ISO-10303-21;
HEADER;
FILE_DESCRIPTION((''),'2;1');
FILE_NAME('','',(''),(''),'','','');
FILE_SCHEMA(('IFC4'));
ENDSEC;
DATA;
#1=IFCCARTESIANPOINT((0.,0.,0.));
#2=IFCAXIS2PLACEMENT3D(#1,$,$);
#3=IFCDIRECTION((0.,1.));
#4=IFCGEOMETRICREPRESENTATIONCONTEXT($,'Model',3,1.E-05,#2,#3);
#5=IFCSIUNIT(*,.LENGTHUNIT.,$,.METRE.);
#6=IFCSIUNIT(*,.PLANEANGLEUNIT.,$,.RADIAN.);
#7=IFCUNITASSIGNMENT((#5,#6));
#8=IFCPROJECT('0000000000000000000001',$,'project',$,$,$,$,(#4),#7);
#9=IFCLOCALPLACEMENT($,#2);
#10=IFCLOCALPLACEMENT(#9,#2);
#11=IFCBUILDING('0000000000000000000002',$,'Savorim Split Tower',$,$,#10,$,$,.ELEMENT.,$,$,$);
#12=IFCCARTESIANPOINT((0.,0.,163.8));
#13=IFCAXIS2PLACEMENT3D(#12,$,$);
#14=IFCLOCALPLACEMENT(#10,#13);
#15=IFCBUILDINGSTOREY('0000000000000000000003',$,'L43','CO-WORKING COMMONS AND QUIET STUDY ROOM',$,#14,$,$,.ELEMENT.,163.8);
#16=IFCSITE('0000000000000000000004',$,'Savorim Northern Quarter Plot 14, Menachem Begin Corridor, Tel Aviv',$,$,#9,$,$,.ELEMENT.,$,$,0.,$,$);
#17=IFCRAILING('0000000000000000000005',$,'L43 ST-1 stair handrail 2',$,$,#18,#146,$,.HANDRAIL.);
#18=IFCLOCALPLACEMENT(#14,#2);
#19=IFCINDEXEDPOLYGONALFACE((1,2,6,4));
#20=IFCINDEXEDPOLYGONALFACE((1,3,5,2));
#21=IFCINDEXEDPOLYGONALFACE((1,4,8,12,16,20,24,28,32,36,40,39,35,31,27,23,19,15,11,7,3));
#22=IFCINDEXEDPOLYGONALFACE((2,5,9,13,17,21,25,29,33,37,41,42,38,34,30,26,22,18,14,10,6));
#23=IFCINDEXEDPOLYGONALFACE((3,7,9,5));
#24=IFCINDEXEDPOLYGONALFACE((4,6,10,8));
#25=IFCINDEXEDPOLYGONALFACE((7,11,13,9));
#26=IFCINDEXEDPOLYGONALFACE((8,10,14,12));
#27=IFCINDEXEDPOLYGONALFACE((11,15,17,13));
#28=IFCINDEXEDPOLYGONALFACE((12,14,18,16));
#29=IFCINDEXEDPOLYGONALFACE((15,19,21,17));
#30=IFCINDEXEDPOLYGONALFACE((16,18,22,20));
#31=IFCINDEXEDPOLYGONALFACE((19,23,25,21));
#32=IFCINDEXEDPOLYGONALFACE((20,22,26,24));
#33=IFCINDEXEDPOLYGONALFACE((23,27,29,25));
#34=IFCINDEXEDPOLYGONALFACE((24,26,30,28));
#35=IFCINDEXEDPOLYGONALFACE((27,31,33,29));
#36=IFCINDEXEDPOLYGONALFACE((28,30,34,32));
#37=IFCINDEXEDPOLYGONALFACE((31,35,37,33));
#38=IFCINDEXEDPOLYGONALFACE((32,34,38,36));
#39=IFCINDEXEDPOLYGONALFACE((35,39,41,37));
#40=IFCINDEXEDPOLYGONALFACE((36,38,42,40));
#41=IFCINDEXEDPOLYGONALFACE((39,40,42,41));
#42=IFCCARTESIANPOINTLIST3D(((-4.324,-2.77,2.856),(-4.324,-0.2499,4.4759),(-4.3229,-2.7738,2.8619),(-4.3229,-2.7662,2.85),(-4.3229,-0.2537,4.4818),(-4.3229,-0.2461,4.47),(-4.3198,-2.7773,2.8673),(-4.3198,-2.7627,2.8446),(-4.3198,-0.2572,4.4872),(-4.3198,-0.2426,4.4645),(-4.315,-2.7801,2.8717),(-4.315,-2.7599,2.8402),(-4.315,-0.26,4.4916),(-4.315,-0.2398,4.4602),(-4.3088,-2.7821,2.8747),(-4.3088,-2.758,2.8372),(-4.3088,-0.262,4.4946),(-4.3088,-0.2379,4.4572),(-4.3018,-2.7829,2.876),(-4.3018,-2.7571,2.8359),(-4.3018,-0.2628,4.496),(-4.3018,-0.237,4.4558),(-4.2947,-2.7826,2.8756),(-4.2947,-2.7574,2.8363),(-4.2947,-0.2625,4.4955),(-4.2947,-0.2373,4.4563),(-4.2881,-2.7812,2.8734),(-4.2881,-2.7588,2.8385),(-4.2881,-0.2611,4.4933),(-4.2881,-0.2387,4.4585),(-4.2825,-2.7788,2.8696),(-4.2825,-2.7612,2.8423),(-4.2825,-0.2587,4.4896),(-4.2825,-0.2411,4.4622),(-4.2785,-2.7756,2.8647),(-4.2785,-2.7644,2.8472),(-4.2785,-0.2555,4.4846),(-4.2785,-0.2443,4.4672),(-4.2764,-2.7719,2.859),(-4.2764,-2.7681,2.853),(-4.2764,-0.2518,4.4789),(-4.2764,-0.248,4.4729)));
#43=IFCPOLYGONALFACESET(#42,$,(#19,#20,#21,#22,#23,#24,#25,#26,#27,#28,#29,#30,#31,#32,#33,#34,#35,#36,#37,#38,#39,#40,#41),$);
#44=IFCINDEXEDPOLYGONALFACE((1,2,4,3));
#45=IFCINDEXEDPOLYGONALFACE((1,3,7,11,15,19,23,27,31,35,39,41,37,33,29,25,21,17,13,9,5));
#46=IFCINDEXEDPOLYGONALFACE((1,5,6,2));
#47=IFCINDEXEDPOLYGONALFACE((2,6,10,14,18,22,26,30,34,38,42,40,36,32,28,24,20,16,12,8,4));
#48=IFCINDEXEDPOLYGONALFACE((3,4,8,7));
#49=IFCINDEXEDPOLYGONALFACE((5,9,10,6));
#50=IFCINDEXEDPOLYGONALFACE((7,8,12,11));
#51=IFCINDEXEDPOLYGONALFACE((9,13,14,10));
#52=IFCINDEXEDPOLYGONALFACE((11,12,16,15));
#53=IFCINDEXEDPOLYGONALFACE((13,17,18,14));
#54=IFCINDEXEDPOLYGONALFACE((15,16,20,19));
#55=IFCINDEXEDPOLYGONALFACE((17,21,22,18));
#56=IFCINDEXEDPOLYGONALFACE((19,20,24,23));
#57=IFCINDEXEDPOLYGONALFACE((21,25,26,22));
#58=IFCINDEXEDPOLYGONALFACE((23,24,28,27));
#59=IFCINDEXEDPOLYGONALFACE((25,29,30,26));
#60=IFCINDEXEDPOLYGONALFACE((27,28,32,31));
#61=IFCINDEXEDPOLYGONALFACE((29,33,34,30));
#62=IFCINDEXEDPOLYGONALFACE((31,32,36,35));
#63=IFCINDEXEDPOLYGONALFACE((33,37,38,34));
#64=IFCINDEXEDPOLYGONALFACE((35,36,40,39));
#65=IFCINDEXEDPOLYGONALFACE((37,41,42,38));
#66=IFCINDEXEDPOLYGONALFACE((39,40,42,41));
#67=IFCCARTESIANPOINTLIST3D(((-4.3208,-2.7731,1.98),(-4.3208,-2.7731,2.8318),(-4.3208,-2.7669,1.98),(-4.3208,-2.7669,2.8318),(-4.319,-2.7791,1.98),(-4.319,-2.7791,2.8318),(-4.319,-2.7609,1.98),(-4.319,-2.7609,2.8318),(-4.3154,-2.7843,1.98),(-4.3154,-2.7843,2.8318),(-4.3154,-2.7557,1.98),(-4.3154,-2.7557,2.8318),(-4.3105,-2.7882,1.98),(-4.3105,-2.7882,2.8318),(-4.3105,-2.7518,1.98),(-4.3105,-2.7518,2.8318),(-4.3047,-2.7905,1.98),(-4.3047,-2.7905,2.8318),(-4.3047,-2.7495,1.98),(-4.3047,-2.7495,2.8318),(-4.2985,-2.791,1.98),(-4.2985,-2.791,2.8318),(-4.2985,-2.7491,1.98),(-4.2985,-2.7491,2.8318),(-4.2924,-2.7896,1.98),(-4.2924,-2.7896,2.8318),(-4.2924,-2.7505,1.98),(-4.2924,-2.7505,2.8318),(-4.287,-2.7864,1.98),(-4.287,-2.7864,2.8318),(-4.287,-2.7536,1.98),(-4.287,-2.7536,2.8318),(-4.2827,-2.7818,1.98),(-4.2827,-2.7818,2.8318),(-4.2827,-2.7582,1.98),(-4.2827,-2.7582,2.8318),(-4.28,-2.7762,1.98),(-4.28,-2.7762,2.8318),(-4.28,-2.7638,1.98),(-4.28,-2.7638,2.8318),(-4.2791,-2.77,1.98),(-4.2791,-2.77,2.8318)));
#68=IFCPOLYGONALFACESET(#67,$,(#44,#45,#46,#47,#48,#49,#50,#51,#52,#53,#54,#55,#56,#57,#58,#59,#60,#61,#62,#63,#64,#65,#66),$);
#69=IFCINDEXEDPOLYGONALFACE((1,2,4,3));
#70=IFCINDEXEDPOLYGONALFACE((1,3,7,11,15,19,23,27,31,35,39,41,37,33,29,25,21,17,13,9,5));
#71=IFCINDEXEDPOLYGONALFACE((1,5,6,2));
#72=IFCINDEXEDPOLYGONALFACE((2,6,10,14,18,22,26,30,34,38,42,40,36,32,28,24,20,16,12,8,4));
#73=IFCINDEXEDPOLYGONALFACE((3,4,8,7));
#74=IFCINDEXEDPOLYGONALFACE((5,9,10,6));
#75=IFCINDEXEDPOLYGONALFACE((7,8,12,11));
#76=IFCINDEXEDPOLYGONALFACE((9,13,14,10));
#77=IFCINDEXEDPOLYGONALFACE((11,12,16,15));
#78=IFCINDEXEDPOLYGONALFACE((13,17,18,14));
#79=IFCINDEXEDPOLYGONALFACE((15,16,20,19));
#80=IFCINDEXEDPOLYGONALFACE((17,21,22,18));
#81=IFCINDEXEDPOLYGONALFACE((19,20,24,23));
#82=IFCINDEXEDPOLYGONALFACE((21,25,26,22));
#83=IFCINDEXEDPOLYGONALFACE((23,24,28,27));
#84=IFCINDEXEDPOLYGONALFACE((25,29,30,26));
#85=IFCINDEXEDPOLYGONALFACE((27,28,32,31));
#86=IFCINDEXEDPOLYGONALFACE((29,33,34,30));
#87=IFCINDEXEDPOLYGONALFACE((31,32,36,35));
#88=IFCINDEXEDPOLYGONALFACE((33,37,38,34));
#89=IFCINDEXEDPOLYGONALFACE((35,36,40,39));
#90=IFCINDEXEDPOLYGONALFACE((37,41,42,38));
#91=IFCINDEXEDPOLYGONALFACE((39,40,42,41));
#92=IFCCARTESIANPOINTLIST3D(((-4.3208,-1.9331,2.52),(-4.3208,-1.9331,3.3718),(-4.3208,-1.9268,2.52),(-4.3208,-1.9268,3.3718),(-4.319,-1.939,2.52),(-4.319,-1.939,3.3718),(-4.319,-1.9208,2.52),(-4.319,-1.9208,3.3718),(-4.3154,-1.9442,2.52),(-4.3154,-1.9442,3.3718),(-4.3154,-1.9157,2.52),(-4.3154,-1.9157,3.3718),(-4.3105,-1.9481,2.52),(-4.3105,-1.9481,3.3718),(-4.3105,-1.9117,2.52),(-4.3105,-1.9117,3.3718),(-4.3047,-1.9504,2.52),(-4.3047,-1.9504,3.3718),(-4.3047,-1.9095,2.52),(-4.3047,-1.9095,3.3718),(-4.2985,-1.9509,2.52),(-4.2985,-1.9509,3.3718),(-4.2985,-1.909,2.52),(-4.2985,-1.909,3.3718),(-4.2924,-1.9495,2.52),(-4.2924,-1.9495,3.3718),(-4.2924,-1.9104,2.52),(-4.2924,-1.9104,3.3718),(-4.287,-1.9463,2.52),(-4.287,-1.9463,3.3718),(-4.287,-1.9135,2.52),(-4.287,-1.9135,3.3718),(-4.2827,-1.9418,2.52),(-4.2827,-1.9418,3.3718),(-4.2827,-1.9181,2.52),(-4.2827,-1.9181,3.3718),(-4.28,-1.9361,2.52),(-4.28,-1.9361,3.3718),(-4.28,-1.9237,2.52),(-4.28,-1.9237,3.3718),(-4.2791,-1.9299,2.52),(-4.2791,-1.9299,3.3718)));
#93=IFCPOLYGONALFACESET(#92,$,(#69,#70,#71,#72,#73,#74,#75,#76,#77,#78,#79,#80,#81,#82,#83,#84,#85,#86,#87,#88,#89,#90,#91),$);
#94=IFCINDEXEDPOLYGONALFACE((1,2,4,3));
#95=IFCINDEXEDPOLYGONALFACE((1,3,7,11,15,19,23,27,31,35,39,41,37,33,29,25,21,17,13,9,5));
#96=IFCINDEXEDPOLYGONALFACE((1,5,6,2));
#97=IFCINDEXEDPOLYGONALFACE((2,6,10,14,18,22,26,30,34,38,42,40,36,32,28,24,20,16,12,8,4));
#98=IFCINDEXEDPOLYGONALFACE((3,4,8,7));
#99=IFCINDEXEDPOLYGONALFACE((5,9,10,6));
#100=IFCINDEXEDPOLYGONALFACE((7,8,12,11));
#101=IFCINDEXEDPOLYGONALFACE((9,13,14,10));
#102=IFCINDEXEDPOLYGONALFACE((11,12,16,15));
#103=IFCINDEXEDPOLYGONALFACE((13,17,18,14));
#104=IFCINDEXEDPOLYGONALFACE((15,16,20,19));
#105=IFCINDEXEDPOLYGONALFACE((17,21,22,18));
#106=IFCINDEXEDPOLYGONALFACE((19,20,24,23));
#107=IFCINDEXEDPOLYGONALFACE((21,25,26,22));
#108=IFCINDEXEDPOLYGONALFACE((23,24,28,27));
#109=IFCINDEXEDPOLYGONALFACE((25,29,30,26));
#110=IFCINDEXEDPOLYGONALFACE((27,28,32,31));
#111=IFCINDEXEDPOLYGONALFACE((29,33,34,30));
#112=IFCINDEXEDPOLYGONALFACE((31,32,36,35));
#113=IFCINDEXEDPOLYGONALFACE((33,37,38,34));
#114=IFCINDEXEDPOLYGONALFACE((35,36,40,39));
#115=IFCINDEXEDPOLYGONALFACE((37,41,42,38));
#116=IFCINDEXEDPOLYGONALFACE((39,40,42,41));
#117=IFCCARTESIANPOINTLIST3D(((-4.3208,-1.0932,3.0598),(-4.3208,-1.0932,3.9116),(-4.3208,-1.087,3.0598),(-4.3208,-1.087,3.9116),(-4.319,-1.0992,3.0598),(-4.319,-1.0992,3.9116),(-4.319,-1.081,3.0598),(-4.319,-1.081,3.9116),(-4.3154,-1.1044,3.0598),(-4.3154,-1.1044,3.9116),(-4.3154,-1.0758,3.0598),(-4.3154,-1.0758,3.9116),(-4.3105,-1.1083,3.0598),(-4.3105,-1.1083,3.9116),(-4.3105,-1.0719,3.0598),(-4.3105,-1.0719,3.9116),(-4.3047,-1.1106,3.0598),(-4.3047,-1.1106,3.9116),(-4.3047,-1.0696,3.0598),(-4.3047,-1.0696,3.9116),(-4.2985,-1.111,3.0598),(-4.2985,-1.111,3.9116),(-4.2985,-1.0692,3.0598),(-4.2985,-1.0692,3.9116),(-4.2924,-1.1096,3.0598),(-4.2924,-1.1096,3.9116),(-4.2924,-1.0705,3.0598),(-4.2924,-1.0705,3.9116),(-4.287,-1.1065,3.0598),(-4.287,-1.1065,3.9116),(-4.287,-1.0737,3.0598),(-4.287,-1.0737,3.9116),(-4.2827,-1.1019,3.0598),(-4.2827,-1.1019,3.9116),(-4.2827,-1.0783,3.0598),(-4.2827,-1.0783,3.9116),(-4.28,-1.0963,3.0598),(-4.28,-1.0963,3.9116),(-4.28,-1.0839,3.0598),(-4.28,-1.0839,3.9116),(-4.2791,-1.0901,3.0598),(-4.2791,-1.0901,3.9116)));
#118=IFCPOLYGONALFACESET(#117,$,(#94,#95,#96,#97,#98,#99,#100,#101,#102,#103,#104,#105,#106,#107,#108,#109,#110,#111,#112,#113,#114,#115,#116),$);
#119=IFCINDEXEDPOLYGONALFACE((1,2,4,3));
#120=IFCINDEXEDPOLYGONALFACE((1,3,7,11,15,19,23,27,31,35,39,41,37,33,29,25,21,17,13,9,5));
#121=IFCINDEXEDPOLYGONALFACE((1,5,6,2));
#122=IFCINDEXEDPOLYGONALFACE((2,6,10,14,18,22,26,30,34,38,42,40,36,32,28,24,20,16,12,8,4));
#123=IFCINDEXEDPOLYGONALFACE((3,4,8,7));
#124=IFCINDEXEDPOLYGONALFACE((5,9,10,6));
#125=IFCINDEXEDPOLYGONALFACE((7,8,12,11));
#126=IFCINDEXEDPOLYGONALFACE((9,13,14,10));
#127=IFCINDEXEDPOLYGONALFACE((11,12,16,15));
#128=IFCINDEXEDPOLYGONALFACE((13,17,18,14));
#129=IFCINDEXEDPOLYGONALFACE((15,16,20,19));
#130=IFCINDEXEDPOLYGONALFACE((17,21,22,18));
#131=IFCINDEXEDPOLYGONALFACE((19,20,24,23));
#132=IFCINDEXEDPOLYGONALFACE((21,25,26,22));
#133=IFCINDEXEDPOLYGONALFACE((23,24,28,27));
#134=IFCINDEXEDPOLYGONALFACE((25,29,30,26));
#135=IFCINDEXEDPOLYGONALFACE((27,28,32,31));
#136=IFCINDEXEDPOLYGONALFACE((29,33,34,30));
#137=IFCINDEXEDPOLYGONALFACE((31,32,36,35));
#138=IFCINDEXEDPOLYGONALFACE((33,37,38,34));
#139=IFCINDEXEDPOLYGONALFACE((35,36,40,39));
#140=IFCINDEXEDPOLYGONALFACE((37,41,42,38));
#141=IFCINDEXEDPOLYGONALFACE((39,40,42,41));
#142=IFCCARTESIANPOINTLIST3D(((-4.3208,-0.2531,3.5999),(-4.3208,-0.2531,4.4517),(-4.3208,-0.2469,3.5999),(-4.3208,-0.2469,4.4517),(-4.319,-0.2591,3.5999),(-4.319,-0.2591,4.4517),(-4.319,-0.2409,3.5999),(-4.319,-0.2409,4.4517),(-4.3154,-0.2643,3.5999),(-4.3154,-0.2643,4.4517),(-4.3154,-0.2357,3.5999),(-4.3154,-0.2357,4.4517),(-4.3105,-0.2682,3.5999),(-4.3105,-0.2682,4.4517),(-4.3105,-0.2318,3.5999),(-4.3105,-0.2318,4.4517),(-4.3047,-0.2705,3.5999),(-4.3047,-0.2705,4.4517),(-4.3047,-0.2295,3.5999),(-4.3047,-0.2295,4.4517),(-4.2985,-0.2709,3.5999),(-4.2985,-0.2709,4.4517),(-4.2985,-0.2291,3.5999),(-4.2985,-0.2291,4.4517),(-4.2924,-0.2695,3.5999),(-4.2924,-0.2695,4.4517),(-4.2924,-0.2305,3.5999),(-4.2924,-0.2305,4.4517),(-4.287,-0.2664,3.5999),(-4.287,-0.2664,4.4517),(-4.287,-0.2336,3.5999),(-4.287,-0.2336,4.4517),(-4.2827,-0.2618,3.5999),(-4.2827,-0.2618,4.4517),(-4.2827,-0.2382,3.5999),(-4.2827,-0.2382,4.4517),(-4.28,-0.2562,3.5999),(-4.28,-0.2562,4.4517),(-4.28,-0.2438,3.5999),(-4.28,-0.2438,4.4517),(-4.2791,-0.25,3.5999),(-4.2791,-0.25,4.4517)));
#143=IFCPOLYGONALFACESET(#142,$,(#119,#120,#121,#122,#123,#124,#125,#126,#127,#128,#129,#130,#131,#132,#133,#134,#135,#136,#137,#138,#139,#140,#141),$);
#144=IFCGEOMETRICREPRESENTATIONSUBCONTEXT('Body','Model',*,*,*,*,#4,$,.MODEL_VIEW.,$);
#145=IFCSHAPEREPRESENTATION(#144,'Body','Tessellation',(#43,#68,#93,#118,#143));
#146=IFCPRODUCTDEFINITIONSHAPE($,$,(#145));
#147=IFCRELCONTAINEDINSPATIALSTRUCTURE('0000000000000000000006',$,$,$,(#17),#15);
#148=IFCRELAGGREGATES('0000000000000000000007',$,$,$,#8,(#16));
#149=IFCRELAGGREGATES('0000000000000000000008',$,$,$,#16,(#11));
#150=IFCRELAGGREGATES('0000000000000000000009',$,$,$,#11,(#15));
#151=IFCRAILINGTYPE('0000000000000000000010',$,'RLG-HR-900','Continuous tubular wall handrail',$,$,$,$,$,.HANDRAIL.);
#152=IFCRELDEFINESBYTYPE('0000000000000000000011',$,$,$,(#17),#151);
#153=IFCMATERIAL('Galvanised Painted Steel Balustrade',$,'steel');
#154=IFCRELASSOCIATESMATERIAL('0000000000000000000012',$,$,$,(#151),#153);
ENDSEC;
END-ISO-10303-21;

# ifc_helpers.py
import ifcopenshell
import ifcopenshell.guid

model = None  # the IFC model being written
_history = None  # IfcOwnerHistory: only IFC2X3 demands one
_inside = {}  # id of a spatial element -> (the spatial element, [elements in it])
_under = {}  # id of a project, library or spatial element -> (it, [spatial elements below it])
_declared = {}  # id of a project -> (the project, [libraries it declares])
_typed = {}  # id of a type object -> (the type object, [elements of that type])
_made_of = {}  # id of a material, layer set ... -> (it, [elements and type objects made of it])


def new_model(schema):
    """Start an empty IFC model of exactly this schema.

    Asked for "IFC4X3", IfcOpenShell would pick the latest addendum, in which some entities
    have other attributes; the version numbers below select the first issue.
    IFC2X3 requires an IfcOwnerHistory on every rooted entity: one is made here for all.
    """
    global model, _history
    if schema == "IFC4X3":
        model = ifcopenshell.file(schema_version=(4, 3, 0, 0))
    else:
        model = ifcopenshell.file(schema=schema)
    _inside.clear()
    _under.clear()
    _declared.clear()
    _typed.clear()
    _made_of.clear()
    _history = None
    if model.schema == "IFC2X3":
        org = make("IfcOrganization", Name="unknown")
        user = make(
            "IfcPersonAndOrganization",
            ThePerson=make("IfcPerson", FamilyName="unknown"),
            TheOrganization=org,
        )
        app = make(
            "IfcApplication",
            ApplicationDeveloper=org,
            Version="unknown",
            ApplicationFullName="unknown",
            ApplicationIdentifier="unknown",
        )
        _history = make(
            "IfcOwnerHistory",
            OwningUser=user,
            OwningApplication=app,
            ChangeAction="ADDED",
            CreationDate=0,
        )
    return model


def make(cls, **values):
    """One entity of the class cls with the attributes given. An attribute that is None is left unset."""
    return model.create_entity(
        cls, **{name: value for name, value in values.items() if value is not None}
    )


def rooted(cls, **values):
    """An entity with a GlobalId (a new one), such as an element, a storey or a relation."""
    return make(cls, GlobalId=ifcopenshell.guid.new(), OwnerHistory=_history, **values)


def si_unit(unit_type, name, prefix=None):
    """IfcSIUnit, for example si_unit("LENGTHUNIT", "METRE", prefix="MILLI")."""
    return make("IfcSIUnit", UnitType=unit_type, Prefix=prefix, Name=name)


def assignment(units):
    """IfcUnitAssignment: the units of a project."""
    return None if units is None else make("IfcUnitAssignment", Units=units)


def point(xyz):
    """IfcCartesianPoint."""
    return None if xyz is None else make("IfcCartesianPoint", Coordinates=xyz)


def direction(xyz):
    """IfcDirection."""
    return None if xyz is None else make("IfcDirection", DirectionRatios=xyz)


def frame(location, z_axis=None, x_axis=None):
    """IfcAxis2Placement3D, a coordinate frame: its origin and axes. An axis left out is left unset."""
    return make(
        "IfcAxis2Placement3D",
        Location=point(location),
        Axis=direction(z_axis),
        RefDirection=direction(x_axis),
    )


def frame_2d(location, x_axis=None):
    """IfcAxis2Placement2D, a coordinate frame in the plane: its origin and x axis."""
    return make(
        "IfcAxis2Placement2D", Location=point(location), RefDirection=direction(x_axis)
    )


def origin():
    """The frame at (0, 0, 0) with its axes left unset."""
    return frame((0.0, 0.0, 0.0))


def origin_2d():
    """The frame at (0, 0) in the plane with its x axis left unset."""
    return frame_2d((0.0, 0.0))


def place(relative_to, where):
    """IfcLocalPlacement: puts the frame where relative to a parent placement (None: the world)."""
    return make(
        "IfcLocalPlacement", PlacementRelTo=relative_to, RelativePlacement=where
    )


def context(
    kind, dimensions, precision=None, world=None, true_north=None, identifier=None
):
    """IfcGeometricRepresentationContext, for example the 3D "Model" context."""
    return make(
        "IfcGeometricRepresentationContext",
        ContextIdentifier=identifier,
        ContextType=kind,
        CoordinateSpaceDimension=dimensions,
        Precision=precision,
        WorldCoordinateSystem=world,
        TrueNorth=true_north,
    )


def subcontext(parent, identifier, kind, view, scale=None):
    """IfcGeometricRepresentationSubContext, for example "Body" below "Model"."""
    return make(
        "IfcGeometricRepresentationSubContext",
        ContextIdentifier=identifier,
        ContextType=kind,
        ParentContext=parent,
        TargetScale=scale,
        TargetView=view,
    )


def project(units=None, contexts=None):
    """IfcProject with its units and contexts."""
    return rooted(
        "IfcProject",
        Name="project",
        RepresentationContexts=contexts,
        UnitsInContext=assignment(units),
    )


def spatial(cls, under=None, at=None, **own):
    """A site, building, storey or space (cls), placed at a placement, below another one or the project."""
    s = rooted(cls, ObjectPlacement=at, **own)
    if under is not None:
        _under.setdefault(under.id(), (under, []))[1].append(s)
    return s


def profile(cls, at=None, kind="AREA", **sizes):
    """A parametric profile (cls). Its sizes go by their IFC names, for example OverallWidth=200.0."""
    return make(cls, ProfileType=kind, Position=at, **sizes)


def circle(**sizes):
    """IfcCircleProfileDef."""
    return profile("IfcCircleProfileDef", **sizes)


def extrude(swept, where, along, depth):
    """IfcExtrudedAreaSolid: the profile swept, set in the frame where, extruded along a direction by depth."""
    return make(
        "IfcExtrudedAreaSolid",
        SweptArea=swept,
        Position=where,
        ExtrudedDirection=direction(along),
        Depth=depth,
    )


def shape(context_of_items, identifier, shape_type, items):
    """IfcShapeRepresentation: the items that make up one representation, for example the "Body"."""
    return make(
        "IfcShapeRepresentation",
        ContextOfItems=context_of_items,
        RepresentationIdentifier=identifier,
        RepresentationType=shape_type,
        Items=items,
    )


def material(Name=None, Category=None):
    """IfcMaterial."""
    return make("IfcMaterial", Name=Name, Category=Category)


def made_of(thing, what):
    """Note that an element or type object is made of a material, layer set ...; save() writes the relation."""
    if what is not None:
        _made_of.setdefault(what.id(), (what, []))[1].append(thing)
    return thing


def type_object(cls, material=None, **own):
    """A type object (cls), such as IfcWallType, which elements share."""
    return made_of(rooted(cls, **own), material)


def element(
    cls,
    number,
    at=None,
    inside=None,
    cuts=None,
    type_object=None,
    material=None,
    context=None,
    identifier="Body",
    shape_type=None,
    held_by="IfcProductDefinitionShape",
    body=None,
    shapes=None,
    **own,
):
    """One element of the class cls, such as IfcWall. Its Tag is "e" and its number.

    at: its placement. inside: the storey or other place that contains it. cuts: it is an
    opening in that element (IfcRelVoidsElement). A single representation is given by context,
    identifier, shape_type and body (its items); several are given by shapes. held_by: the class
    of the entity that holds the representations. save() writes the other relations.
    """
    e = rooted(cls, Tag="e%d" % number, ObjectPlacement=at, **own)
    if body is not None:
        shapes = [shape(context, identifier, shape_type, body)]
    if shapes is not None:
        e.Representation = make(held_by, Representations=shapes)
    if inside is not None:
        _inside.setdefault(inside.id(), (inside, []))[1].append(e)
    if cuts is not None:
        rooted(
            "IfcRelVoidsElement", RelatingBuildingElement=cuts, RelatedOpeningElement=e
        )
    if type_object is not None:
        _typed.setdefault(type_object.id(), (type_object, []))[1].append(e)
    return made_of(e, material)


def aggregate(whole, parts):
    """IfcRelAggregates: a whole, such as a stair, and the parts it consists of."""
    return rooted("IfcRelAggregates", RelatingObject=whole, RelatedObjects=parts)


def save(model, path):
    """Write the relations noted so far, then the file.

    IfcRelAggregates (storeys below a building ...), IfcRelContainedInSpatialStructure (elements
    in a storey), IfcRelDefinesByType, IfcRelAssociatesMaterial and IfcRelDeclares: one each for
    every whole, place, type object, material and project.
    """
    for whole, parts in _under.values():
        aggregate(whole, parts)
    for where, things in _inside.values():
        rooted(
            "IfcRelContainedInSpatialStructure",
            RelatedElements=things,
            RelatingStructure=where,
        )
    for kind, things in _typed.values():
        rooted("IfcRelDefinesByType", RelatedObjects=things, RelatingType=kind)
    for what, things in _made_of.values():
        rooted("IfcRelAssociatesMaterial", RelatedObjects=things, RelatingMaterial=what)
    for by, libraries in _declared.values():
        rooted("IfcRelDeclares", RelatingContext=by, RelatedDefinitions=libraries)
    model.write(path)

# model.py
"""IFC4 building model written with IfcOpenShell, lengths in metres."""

from ifc_helpers import new_model, si_unit, direction, frame, origin, origin_2d, place, context, subcontext, project, spatial, circle, extrude, material, type_object, element, save


model = new_model("IFC4")

# Units and contexts
model_context = context("Model", 3, precision=1e-05, world=origin(), true_north=direction((0.0, 1.0)))
body_context = subcontext(model_context, "Body", "Model", "MODEL_VIEW")
ifc_project = project(units=[si_unit("LENGTHUNIT", "METRE"), si_unit("PLANEANGLEUNIT", "RADIAN")], contexts=[model_context])

# Site, building, storey
site_placement = place(None, origin())
site = spatial("IfcSite", under=ifc_project, at=site_placement, Name="Savorim Northern Quarter Plot 14, Menachem Begin Corridor, Tel Aviv", CompositionType="ELEMENT", RefElevation=0.0)
building_placement = place(site_placement, origin())
building = spatial("IfcBuilding", under=site, at=building_placement, Name="Savorim Split Tower", CompositionType="ELEMENT")
storey_placement = place(building_placement, frame((0.0, 0.0, 163.8)))
storey = spatial("IfcBuildingStorey", under=building, at=storey_placement, Name="L43", Description="CO-WORKING COMMONS AND QUIET STUDY ROOM", CompositionType="ELEMENT", Elevation=163.8)

# Railing
ifc_material_1 = material(Name="Galvanised Painted Steel Balustrade", Category="steel")
railing_type = type_object("IfcRailingType", Name="RLG-HR-900", Description="Continuous tubular wall handrail", PredefinedType="HANDRAIL", material=ifc_material_1)
railing_placement = place(storey_placement, frame((-4.3, -2.77, 1.98)))
element("IfcRailing", 1, at=railing_placement, inside=storey, type_object=railing_type, Name="L43 ST-1 stair handrail 2", PredefinedType="HANDRAIL", context=body_context, shape_type="SweptSolid", body=[
    extrude(circle(Radius=0.0239, at=origin_2d()), frame((0.0, 0.0, 0.876), z_axis=(0.0, 0.8412, 0.540725), x_axis=(-1.0, 0.0, 0.0)), (0.0, 0.0, 1.0), 2.9958),
    extrude(circle(Radius=0.021, at=origin_2d()), origin(), (0.0, 0.0, 1.0), 0.8518),
    extrude(circle(Radius=0.021, at=origin_2d()), frame((0.0, 0.8401, 0.54)), (0.0, 0.0, 1.0), 0.8518),
    extrude(circle(Radius=0.021, at=origin_2d()), frame((0.0, 1.6799, 1.0798)), (0.0, 0.0, 1.0), 0.8518),
    extrude(circle(Radius=0.021, at=origin_2d()), frame((0.0, 2.52, 1.6199)), (0.0, 0.0, 1.0), 0.8518),
])

save(model, "model.ifc")
